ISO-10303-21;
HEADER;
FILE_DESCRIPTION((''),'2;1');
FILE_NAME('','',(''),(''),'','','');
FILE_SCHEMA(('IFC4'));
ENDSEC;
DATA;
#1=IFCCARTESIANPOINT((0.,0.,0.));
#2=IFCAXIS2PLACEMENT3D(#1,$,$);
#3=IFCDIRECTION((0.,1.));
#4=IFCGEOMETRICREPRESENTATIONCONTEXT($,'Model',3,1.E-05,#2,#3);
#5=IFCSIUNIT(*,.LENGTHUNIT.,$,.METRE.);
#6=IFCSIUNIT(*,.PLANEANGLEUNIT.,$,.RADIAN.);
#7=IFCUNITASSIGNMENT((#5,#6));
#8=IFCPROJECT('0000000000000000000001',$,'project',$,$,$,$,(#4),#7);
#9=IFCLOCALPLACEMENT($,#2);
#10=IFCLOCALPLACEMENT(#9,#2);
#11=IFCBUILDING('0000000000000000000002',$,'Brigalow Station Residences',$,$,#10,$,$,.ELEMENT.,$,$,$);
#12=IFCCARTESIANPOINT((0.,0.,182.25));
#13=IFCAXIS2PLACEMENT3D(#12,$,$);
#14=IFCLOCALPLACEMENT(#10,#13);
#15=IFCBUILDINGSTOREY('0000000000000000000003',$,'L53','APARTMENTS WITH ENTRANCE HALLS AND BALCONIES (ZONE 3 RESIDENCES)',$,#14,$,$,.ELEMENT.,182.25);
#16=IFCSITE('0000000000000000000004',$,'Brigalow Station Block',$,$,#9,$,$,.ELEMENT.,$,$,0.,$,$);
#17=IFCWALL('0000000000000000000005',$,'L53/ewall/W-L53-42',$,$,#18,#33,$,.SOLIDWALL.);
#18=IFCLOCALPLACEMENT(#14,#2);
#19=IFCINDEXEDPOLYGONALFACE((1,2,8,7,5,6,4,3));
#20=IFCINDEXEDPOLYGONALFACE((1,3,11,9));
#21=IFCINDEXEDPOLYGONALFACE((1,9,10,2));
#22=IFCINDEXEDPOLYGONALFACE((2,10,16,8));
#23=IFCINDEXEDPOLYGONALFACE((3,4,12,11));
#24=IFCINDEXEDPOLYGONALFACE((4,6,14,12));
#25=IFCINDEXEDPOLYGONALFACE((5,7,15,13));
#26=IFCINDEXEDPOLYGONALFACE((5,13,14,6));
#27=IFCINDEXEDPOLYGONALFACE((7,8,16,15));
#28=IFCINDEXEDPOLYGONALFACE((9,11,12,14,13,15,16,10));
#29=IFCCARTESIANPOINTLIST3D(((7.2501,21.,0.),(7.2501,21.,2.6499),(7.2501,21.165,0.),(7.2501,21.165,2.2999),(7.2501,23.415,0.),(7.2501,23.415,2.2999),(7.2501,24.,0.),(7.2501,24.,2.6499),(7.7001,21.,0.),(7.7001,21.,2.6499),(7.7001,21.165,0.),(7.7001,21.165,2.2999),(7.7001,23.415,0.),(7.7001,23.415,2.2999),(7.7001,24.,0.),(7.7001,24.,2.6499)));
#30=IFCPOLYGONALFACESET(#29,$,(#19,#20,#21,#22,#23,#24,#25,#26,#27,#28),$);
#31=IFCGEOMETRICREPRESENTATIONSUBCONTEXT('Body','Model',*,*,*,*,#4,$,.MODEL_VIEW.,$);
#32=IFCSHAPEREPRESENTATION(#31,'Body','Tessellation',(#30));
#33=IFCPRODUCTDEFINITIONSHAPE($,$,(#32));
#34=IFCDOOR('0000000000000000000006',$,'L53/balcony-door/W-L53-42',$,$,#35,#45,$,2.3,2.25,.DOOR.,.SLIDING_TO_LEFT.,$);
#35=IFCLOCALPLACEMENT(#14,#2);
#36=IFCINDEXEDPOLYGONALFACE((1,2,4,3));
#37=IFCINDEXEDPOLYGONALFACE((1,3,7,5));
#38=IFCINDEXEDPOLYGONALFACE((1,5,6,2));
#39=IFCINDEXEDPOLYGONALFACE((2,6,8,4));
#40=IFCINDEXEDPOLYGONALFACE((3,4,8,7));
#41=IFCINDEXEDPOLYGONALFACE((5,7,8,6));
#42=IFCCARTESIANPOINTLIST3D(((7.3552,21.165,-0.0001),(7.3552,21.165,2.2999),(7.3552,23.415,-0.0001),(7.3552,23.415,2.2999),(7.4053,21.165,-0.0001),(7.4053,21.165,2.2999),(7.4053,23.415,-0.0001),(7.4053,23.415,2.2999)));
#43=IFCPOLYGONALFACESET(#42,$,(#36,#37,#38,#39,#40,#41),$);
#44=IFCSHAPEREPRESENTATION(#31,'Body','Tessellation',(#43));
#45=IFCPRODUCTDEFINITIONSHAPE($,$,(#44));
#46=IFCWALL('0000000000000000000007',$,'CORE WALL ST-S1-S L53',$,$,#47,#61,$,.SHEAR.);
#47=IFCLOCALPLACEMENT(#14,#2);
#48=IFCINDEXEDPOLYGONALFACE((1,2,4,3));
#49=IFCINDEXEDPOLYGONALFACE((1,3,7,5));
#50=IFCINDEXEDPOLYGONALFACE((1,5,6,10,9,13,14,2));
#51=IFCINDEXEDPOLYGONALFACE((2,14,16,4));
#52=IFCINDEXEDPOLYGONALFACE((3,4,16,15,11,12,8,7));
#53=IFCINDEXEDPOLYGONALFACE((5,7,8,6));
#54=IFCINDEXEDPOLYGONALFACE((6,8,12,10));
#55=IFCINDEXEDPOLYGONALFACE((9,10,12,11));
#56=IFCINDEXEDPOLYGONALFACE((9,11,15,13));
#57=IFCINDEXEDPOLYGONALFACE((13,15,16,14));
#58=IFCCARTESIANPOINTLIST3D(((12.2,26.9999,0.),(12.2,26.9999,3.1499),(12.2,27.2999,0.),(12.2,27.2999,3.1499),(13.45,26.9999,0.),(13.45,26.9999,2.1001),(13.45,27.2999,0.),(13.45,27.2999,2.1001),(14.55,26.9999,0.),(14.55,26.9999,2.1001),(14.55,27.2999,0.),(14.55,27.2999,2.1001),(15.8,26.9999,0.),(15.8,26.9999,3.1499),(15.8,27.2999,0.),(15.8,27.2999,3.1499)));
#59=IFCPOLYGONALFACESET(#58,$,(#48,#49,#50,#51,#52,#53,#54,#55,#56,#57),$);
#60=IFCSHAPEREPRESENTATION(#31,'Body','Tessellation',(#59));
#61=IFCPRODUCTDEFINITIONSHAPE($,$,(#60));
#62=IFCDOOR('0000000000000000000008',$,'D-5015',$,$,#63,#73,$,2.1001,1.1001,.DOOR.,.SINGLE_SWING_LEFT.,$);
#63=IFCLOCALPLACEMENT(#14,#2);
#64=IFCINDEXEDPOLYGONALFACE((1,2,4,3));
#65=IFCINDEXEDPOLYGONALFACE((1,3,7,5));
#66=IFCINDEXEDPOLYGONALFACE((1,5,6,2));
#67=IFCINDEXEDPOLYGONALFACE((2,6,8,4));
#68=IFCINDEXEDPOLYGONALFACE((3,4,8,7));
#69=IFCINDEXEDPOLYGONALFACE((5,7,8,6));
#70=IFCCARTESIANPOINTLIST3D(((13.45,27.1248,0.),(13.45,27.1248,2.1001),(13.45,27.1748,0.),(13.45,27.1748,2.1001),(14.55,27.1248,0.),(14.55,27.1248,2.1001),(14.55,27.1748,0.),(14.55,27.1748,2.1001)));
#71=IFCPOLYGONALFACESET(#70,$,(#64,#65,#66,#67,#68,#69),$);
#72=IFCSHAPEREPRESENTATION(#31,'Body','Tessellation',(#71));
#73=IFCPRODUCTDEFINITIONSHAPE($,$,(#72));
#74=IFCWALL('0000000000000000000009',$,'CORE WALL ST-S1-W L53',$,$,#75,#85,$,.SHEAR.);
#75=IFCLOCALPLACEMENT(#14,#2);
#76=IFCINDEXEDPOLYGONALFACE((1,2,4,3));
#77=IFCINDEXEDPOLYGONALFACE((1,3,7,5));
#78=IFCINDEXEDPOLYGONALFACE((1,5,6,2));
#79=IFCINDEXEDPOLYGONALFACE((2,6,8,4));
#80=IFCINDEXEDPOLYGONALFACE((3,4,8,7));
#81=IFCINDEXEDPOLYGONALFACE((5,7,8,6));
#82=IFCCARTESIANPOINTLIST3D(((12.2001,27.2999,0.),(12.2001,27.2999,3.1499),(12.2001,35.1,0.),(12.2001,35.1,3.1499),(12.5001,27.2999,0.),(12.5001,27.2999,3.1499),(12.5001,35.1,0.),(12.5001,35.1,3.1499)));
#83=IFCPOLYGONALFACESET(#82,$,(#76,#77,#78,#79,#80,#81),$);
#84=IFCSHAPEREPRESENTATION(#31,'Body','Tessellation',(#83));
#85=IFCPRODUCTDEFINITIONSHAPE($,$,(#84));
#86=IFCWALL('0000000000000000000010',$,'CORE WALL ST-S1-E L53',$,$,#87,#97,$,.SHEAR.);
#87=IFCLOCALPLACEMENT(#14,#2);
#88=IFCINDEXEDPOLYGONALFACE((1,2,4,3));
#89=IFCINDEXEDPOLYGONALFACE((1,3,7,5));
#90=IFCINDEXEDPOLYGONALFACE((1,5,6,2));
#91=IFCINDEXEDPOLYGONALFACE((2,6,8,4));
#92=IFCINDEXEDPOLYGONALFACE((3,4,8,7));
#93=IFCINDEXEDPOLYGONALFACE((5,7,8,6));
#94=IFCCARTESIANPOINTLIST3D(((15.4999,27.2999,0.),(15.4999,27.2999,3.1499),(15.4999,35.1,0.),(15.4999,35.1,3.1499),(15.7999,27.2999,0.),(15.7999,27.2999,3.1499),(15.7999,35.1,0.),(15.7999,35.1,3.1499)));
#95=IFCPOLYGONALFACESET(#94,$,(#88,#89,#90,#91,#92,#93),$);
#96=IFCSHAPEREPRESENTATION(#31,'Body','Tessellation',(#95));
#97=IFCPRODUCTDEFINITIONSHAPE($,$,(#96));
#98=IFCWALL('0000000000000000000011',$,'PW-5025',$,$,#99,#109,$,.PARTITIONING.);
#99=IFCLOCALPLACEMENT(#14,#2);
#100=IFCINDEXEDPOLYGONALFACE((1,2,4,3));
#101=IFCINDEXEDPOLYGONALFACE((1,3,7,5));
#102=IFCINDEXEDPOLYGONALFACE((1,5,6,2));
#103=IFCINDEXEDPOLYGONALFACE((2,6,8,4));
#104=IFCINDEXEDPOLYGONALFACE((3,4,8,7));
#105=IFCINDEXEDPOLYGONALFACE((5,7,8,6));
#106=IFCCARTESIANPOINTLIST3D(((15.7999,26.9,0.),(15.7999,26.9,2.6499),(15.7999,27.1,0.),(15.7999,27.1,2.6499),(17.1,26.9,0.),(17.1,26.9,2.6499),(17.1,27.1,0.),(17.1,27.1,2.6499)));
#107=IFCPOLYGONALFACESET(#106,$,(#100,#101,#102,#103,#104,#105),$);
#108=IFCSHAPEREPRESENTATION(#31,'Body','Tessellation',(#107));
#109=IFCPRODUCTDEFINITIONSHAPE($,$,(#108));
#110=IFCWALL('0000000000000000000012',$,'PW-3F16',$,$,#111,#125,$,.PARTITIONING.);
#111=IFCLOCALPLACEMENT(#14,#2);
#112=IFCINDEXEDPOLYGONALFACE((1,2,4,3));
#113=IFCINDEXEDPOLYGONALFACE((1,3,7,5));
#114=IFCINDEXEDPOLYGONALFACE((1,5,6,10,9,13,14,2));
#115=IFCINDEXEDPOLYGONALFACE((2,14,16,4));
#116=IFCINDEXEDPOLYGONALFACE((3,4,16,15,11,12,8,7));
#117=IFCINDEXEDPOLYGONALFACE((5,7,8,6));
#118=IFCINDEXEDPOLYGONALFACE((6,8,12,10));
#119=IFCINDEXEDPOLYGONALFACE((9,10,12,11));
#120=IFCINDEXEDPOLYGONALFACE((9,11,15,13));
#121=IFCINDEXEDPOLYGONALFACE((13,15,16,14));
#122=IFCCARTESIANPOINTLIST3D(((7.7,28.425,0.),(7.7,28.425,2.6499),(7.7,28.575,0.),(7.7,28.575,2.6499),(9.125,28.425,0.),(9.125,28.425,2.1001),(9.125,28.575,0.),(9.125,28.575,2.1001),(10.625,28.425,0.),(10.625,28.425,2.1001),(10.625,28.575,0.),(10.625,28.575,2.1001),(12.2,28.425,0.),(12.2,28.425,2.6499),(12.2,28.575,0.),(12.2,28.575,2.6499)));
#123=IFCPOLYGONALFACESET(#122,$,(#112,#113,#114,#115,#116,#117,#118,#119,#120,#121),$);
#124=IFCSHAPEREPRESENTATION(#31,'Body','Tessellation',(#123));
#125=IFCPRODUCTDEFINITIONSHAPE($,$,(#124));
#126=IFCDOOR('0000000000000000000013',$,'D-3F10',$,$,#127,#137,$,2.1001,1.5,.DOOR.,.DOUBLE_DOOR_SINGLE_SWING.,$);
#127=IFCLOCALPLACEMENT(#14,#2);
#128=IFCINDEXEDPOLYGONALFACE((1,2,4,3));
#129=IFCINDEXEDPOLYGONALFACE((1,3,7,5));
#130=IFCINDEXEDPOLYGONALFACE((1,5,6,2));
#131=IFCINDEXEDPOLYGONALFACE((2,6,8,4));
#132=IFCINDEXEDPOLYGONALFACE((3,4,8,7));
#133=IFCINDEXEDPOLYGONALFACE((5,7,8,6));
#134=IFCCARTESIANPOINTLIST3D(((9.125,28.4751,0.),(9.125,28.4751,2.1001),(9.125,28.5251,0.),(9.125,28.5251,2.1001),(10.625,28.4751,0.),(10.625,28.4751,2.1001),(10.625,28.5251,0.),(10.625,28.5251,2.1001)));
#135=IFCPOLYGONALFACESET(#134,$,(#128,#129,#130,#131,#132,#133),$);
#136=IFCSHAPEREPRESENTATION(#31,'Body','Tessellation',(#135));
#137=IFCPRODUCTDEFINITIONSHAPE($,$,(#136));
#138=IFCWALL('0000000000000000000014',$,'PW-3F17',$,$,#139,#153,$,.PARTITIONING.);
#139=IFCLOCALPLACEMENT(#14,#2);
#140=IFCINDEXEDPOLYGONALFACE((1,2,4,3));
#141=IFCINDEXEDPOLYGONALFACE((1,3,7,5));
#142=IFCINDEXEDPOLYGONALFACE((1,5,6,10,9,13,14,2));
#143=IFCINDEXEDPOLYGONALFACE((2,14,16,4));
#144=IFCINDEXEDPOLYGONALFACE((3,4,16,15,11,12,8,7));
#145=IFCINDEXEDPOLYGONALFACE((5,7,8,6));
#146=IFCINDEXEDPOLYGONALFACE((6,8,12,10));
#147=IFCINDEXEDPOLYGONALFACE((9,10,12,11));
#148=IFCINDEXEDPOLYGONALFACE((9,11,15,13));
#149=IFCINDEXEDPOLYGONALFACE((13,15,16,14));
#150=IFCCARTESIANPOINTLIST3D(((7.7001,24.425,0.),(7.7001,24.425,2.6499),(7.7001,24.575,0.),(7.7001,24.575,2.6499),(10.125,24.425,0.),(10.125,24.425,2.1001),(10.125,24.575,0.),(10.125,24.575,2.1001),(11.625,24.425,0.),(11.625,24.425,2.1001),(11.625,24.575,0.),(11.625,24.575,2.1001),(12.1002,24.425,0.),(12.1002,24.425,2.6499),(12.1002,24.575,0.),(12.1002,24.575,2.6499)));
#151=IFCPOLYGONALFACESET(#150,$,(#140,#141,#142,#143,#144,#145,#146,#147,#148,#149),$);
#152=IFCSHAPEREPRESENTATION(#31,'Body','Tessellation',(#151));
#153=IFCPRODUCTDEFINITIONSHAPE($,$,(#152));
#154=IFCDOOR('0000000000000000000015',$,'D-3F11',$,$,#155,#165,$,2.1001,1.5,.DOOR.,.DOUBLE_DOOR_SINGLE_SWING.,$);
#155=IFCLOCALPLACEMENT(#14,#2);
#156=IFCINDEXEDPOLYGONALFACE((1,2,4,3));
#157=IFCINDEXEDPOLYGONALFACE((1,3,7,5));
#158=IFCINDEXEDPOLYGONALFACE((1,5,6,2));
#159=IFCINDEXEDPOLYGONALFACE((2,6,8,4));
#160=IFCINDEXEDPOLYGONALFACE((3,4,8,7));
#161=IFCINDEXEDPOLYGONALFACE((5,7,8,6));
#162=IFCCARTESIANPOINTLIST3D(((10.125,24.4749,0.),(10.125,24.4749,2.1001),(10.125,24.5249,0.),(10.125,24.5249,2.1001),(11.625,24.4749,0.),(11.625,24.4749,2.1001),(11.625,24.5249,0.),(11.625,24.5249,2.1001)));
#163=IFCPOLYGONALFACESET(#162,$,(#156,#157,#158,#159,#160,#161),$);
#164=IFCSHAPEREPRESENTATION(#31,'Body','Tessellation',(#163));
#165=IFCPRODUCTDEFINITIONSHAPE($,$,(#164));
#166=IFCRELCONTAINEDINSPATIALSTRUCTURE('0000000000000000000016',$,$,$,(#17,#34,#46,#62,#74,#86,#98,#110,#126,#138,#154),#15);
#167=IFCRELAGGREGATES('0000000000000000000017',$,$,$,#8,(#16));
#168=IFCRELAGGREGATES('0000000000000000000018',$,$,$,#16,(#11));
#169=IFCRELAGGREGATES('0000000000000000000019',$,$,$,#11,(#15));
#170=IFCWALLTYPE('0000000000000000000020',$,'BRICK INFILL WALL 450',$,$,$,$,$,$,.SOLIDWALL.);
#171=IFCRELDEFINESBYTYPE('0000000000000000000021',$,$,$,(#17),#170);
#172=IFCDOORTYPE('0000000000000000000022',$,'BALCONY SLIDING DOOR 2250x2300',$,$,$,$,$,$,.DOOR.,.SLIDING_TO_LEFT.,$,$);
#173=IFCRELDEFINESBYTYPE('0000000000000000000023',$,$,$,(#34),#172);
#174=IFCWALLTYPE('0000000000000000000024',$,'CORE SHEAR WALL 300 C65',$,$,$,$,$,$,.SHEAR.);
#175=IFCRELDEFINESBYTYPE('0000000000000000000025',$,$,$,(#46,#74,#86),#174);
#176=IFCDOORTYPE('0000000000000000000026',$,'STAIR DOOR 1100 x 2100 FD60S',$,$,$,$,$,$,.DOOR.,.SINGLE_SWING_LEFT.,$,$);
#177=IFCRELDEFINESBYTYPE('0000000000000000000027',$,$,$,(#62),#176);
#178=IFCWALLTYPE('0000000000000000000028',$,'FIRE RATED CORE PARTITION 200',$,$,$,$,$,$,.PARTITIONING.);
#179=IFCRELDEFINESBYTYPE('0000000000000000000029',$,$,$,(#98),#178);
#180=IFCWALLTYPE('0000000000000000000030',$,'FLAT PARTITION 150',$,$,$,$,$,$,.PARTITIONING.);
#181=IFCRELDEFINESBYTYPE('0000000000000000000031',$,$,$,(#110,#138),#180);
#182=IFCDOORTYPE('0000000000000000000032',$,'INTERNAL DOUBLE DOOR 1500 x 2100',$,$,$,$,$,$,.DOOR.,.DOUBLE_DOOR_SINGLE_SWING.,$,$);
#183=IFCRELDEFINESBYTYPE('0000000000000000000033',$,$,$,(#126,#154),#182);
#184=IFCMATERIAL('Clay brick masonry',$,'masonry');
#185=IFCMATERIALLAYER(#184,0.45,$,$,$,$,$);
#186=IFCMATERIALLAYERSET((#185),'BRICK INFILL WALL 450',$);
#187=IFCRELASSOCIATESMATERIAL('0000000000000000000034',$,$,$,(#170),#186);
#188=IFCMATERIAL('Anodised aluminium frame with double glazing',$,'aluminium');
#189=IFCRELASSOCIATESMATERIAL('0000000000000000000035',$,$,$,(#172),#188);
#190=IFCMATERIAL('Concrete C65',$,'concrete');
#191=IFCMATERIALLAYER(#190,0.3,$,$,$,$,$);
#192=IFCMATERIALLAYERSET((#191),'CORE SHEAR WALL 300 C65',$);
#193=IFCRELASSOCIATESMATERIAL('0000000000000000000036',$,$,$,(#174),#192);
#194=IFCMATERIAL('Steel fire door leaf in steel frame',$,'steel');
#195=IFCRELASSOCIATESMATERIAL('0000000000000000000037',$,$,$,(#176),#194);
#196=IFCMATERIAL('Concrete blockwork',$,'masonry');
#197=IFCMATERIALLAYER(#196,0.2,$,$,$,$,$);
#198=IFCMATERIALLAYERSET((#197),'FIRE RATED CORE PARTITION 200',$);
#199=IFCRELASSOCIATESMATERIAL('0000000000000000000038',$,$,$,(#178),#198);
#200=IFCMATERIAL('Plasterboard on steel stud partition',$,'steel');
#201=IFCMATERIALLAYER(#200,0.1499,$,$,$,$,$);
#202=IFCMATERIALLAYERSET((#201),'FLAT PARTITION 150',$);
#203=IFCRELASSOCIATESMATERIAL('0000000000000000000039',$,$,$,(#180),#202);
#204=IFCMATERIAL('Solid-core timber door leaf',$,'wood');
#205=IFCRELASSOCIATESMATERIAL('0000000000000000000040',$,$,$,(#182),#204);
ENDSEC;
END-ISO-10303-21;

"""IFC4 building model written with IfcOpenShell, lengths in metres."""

from ifc_helpers import new_model, si_unit, direction, frame, frame_2d, origin, place, context, subcontext, project, spatial, rectangle, extrude, material, layer, layer_set, type_object, element, fill, save


model = new_model("IFC4")

# Units and contexts
model_context = context("Model", 3, precision=1e-05, world=origin(), true_north=direction((0.0, 1.0)))
body_context = subcontext(model_context, "Body", "Model", "MODEL_VIEW")
ifc_project = project(units=[si_unit("LENGTHUNIT", "METRE"), si_unit("PLANEANGLEUNIT", "RADIAN")], contexts=[model_context])

# Site, building, storey
site_placement = place(None, origin())
site = spatial("IfcSite", under=ifc_project, at=site_placement, Name="Brigalow Station Block", CompositionType="ELEMENT", RefElevation=0.0)
building_placement = place(site_placement, origin())
building = spatial("IfcBuilding", under=site, at=building_placement, Name="Brigalow Station Residences", CompositionType="ELEMENT")
storey_placement = place(building_placement, frame((0.0, 0.0, 182.25)))
storey = spatial("IfcBuildingStorey", under=building, at=storey_placement, Name="L53", Description="APARTMENTS WITH ENTRANCE HALLS AND BALCONIES (ZONE 3 RESIDENCES)", CompositionType="ELEMENT", Elevation=182.25)

# Shared definitions
ifc_material_1 = material(Name="Clay brick masonry", Category="masonry")
ifc_layer_1 = layer(ifc_material_1, 0.45)
ifc_layer_set_1 = layer_set([ifc_layer_1], Name="BRICK INFILL WALL 450")
wall_type_1 = type_object("IfcWallType", Name="BRICK INFILL WALL 450", PredefinedType="SOLIDWALL", material=ifc_layer_set_1)

# Walls, openings, doors
wall_1_placement = place(storey_placement, frame((7.4751, 24.0, 0.0), z_axis=(0.0, 0.0, 1.0), x_axis=(0.0, -1.0, 0.0)))
wall_1 = element("IfcWall", 1, at=wall_1_placement, inside=storey, type_object=wall_type_1, Name="L53/ewall/W-L53-42", PredefinedType="SOLIDWALL", context=body_context, shape_type="SweptSolid", body=[
    extrude(rectangle(XDim=3.0, YDim=0.45, at=frame_2d((1.5, 0.0))), origin(), (0.0, 0.0, 1.0), 2.6499),
])
opening_1_placement = place(wall_1_placement, frame((0.585, 0.0, 0.0)))
opening_1 = element("IfcOpeningElement", 2, at=opening_1_placement, cuts=wall_1, PredefinedType="OPENING", context=body_context, shape_type="SweptSolid", body=[
    extrude(rectangle(XDim=2.25, YDim=2.3, at=frame_2d((1.125, 1.1499))), frame((0.0, 0.2349, 0.0), z_axis=(0.0, -1.0, 0.0), x_axis=(1.0, 0.0, 0.0)), (0.0, 0.0, 1.0), 0.47),
])
ifc_material_2 = material(Name="Anodised aluminium frame with double glazing", Category="aluminium")
door_type_1 = type_object("IfcDoorType", Name="BALCONY SLIDING DOOR 2250x2300", OperationType="SLIDING_TO_LEFT", PredefinedType="DOOR", material=ifc_material_2)
door_1_placement = place(opening_1_placement, origin())
door_1 = element("IfcDoor", 3, at=door_1_placement, inside=storey, type_object=door_type_1, Name="L53/balcony-door/W-L53-42", OperationType="SLIDING_TO_LEFT", OverallHeight=2.3, OverallWidth=2.25, PredefinedType="DOOR", context=body_context, shape_type="SweptSolid", body=[
    extrude(rectangle(XDim=2.25, YDim=2.3, at=frame_2d((1.125, 1.1499))), frame((0.0, -0.0698, 0.0), z_axis=(0.0, -1.0, 0.0), x_axis=(1.0, 0.0, 0.0)), (0.0, 0.0, 1.0), 0.05),
])
fill(opening_1, door_1)
ifc_material_3 = material(Name="Concrete C65", Category="concrete")
ifc_layer_2 = layer(ifc_material_3, 0.3)
ifc_layer_set_2 = layer_set([ifc_layer_2], Name="CORE SHEAR WALL 300 C65")
wall_type_2 = type_object("IfcWallType", Name="CORE SHEAR WALL 300 C65", PredefinedType="SHEAR", material=ifc_layer_set_2)
wall_2_placement = place(storey_placement, frame((12.2, 27.1499, 0.0), z_axis=(0.0, 0.0, 1.0), x_axis=(1.0, 0.0, 0.0)))
wall_2 = element("IfcWall", 4, at=wall_2_placement, inside=storey, type_object=wall_type_2, Name="CORE WALL ST-S1-S L53", PredefinedType="SHEAR", context=body_context, shape_type="SweptSolid", body=[
    extrude(rectangle(XDim=3.6001, YDim=0.3, at=frame_2d((1.8, 0.0))), origin(), (0.0, 0.0, 1.0), 3.1499),
])
opening_2_placement = place(wall_2_placement, frame((1.25, 0.0, 0.0)))
opening_2 = element("IfcOpeningElement", 5, at=opening_2_placement, cuts=wall_2, PredefinedType="OPENING", context=body_context, shape_type="SweptSolid", body=[
    extrude(rectangle(XDim=1.1001, YDim=2.1001, at=frame_2d((0.55, 1.05))), frame((0.0, 0.1602, 0.0), z_axis=(0.0, -1.0, 0.0), x_axis=(1.0, 0.0, 0.0)), (0.0, 0.0, 1.0), 0.3201),
])
ifc_material_4 = material(Name="Steel fire door leaf in steel frame", Category="steel")
door_type_2 = type_object("IfcDoorType", Name="STAIR DOOR 1100 x 2100 FD60S", OperationType="SINGLE_SWING_LEFT", PredefinedType="DOOR", material=ifc_material_4)
door_2_placement = place(opening_2_placement, origin())
door_2 = element("IfcDoor", 6, at=door_2_placement, inside=storey, type_object=door_type_2, Name="D-5015", OperationType="SINGLE_SWING_LEFT", OverallHeight=2.1001, OverallWidth=1.1001, PredefinedType="DOOR", context=body_context, shape_type="SweptSolid", body=[
    extrude(rectangle(XDim=1.1001, YDim=2.1001, at=frame_2d((0.55, 1.05))), frame((0.0, 0.0249, 0.0), z_axis=(0.0, -1.0, 0.0), x_axis=(1.0, 0.0, 0.0)), (0.0, 0.0, 1.0), 0.05),
])
fill(opening_2, door_2)

# Walls
for number, where, z_axis, x_axis, name in (
    (7, (12.3501, 27.3, 0.0), (0.0, 0.0, 1.0), (0.0, 1.0, 0.0), "CORE WALL ST-S1-W L53"),
    (8, (15.6499, 27.3, 0.0), (0.0, 0.0, 1.0), (0.0, 1.0, 0.0), "CORE WALL ST-S1-E L53"),
):
    element("IfcWall", number, at=place(storey_placement, frame(where, z_axis=z_axis, x_axis=x_axis)), inside=storey, type_object=wall_type_2, Name=name, PredefinedType="SHEAR", context=body_context, shape_type="SweptSolid", body=[
        extrude(rectangle(XDim=7.8, YDim=0.3, at=frame_2d((3.8999, 0.0))), origin(), (0.0, 0.0, 1.0), 3.1499),
    ])
ifc_material_5 = material(Name="Concrete blockwork", Category="masonry")
ifc_layer_3 = layer(ifc_material_5, 0.2)
ifc_layer_set_3 = layer_set([ifc_layer_3], Name="FIRE RATED CORE PARTITION 200")
wall_type_3 = type_object("IfcWallType", Name="FIRE RATED CORE PARTITION 200", PredefinedType="PARTITIONING", material=ifc_layer_set_3)
wall_3_placement = place(storey_placement, frame((15.8, 27.0, 0.0), z_axis=(0.0, 0.0, 1.0), x_axis=(1.0, 0.0, 0.0)))
element("IfcWall", 9, at=wall_3_placement, inside=storey, type_object=wall_type_3, Name="PW-5025", PredefinedType="PARTITIONING", context=body_context, shape_type="SweptSolid", body=[
    extrude(rectangle(XDim=1.3, YDim=0.2, at=frame_2d((0.6499, 0.0))), origin(), (0.0, 0.0, 1.0), 2.6499),
])

# Walls, openings, doors
ifc_material_6 = material(Name="Plasterboard on steel stud partition", Category="steel")
ifc_layer_4 = layer(ifc_material_6, 0.1499)
ifc_layer_set_4 = layer_set([ifc_layer_4], Name="FLAT PARTITION 150")
wall_type_4 = type_object("IfcWallType", Name="FLAT PARTITION 150", PredefinedType="PARTITIONING", material=ifc_layer_set_4)
wall_4_placement = place(storey_placement, frame((7.7, 28.5, 0.0), z_axis=(0.0, 0.0, 1.0), x_axis=(1.0, 0.0, 0.0)))
wall_4 = element("IfcWall", 10, at=wall_4_placement, inside=storey, type_object=wall_type_4, Name="PW-3F16", PredefinedType="PARTITIONING", context=body_context, shape_type="SweptSolid", body=[
    extrude(rectangle(XDim=4.5, YDim=0.1499, at=frame_2d((2.25, 0.0))), origin(), (0.0, 0.0, 1.0), 2.6499),
])
opening_3_placement = place(wall_4_placement, frame((1.425, 0.0, 0.0)))
opening_3 = element("IfcOpeningElement", 11, at=opening_3_placement, cuts=wall_4, PredefinedType="OPENING", context=body_context, shape_type="SweptSolid", body=[
    extrude(rectangle(XDim=1.5, YDim=2.1001, at=frame_2d((0.75, 1.05))), frame((0.0, 0.085, 0.0), z_axis=(0.0, -1.0, 0.0), x_axis=(1.0, 0.0, 0.0)), (0.0, 0.0, 1.0), 0.1699),
])
ifc_material_7 = material(Name="Solid-core timber door leaf", Category="wood")
door_type_3 = type_object("IfcDoorType", Name="INTERNAL DOUBLE DOOR 1500 x 2100", OperationType="DOUBLE_DOOR_SINGLE_SWING", PredefinedType="DOOR", material=ifc_material_7)
door_3_placement = place(opening_3_placement, frame((1.5, 0.0, 0.0), z_axis=(0.0, 0.0, 1.0), x_axis=(-1.0, 0.0, 0.0)))
door_3 = element("IfcDoor", 12, at=door_3_placement, inside=storey, type_object=door_type_3, Name="D-3F10", OperationType="DOUBLE_DOOR_SINGLE_SWING", OverallHeight=2.1001, OverallWidth=1.5, PredefinedType="DOOR", context=body_context, shape_type="SweptSolid", body=[
    extrude(rectangle(XDim=1.5, YDim=2.1001, at=frame_2d((0.75, 1.05))), frame((0.0, 0.0249, 0.0), z_axis=(0.0, -1.0, 0.0), x_axis=(1.0, 0.0, 0.0)), (0.0, 0.0, 1.0), 0.05),
])
fill(opening_3, door_3)
wall_5_placement = place(storey_placement, frame((7.7, 24.5, 0.0), z_axis=(0.0, 0.0, 1.0), x_axis=(1.0, 0.0, 0.0)))
wall_5 = element("IfcWall", 13, at=wall_5_placement, inside=storey, type_object=wall_type_4, Name="PW-3F17", PredefinedType="PARTITIONING", context=body_context, shape_type="SweptSolid", body=[
    extrude(rectangle(XDim=4.4001, YDim=0.1499, at=frame_2d((2.2002, 0.0))), origin(), (0.0, 0.0, 1.0), 2.6499),
])
opening_4_placement = place(wall_5_placement, frame((2.425, 0.0, 0.0)))
opening_4 = element("IfcOpeningElement", 14, at=opening_4_placement, cuts=wall_5, PredefinedType="OPENING", context=body_context, shape_type="SweptSolid", body=[
    extrude(rectangle(XDim=1.5, YDim=2.1001, at=frame_2d((0.75, 1.05))), frame((0.0, 0.085, 0.0), z_axis=(0.0, -1.0, 0.0), x_axis=(1.0, 0.0, 0.0)), (0.0, 0.0, 1.0), 0.1699),
])
door_4_placement = place(opening_4_placement, origin())
door_4 = element("IfcDoor", 15, at=door_4_placement, inside=storey, type_object=door_type_3, Name="D-3F11", OperationType="DOUBLE_DOOR_SINGLE_SWING", OverallHeight=2.1001, OverallWidth=1.5, PredefinedType="DOOR", context=body_context, shape_type="SweptSolid", body=[
    extrude(rectangle(XDim=1.5, YDim=2.1001, at=frame_2d((0.75, 1.05))), frame((0.0, 0.0249, 0.0), z_axis=(0.0, -1.0, 0.0), x_axis=(1.0, 0.0, 0.0)), (0.0, 0.0, 1.0), 0.05),
])
fill(opening_4, door_4)

save(model, "model.ifc")
